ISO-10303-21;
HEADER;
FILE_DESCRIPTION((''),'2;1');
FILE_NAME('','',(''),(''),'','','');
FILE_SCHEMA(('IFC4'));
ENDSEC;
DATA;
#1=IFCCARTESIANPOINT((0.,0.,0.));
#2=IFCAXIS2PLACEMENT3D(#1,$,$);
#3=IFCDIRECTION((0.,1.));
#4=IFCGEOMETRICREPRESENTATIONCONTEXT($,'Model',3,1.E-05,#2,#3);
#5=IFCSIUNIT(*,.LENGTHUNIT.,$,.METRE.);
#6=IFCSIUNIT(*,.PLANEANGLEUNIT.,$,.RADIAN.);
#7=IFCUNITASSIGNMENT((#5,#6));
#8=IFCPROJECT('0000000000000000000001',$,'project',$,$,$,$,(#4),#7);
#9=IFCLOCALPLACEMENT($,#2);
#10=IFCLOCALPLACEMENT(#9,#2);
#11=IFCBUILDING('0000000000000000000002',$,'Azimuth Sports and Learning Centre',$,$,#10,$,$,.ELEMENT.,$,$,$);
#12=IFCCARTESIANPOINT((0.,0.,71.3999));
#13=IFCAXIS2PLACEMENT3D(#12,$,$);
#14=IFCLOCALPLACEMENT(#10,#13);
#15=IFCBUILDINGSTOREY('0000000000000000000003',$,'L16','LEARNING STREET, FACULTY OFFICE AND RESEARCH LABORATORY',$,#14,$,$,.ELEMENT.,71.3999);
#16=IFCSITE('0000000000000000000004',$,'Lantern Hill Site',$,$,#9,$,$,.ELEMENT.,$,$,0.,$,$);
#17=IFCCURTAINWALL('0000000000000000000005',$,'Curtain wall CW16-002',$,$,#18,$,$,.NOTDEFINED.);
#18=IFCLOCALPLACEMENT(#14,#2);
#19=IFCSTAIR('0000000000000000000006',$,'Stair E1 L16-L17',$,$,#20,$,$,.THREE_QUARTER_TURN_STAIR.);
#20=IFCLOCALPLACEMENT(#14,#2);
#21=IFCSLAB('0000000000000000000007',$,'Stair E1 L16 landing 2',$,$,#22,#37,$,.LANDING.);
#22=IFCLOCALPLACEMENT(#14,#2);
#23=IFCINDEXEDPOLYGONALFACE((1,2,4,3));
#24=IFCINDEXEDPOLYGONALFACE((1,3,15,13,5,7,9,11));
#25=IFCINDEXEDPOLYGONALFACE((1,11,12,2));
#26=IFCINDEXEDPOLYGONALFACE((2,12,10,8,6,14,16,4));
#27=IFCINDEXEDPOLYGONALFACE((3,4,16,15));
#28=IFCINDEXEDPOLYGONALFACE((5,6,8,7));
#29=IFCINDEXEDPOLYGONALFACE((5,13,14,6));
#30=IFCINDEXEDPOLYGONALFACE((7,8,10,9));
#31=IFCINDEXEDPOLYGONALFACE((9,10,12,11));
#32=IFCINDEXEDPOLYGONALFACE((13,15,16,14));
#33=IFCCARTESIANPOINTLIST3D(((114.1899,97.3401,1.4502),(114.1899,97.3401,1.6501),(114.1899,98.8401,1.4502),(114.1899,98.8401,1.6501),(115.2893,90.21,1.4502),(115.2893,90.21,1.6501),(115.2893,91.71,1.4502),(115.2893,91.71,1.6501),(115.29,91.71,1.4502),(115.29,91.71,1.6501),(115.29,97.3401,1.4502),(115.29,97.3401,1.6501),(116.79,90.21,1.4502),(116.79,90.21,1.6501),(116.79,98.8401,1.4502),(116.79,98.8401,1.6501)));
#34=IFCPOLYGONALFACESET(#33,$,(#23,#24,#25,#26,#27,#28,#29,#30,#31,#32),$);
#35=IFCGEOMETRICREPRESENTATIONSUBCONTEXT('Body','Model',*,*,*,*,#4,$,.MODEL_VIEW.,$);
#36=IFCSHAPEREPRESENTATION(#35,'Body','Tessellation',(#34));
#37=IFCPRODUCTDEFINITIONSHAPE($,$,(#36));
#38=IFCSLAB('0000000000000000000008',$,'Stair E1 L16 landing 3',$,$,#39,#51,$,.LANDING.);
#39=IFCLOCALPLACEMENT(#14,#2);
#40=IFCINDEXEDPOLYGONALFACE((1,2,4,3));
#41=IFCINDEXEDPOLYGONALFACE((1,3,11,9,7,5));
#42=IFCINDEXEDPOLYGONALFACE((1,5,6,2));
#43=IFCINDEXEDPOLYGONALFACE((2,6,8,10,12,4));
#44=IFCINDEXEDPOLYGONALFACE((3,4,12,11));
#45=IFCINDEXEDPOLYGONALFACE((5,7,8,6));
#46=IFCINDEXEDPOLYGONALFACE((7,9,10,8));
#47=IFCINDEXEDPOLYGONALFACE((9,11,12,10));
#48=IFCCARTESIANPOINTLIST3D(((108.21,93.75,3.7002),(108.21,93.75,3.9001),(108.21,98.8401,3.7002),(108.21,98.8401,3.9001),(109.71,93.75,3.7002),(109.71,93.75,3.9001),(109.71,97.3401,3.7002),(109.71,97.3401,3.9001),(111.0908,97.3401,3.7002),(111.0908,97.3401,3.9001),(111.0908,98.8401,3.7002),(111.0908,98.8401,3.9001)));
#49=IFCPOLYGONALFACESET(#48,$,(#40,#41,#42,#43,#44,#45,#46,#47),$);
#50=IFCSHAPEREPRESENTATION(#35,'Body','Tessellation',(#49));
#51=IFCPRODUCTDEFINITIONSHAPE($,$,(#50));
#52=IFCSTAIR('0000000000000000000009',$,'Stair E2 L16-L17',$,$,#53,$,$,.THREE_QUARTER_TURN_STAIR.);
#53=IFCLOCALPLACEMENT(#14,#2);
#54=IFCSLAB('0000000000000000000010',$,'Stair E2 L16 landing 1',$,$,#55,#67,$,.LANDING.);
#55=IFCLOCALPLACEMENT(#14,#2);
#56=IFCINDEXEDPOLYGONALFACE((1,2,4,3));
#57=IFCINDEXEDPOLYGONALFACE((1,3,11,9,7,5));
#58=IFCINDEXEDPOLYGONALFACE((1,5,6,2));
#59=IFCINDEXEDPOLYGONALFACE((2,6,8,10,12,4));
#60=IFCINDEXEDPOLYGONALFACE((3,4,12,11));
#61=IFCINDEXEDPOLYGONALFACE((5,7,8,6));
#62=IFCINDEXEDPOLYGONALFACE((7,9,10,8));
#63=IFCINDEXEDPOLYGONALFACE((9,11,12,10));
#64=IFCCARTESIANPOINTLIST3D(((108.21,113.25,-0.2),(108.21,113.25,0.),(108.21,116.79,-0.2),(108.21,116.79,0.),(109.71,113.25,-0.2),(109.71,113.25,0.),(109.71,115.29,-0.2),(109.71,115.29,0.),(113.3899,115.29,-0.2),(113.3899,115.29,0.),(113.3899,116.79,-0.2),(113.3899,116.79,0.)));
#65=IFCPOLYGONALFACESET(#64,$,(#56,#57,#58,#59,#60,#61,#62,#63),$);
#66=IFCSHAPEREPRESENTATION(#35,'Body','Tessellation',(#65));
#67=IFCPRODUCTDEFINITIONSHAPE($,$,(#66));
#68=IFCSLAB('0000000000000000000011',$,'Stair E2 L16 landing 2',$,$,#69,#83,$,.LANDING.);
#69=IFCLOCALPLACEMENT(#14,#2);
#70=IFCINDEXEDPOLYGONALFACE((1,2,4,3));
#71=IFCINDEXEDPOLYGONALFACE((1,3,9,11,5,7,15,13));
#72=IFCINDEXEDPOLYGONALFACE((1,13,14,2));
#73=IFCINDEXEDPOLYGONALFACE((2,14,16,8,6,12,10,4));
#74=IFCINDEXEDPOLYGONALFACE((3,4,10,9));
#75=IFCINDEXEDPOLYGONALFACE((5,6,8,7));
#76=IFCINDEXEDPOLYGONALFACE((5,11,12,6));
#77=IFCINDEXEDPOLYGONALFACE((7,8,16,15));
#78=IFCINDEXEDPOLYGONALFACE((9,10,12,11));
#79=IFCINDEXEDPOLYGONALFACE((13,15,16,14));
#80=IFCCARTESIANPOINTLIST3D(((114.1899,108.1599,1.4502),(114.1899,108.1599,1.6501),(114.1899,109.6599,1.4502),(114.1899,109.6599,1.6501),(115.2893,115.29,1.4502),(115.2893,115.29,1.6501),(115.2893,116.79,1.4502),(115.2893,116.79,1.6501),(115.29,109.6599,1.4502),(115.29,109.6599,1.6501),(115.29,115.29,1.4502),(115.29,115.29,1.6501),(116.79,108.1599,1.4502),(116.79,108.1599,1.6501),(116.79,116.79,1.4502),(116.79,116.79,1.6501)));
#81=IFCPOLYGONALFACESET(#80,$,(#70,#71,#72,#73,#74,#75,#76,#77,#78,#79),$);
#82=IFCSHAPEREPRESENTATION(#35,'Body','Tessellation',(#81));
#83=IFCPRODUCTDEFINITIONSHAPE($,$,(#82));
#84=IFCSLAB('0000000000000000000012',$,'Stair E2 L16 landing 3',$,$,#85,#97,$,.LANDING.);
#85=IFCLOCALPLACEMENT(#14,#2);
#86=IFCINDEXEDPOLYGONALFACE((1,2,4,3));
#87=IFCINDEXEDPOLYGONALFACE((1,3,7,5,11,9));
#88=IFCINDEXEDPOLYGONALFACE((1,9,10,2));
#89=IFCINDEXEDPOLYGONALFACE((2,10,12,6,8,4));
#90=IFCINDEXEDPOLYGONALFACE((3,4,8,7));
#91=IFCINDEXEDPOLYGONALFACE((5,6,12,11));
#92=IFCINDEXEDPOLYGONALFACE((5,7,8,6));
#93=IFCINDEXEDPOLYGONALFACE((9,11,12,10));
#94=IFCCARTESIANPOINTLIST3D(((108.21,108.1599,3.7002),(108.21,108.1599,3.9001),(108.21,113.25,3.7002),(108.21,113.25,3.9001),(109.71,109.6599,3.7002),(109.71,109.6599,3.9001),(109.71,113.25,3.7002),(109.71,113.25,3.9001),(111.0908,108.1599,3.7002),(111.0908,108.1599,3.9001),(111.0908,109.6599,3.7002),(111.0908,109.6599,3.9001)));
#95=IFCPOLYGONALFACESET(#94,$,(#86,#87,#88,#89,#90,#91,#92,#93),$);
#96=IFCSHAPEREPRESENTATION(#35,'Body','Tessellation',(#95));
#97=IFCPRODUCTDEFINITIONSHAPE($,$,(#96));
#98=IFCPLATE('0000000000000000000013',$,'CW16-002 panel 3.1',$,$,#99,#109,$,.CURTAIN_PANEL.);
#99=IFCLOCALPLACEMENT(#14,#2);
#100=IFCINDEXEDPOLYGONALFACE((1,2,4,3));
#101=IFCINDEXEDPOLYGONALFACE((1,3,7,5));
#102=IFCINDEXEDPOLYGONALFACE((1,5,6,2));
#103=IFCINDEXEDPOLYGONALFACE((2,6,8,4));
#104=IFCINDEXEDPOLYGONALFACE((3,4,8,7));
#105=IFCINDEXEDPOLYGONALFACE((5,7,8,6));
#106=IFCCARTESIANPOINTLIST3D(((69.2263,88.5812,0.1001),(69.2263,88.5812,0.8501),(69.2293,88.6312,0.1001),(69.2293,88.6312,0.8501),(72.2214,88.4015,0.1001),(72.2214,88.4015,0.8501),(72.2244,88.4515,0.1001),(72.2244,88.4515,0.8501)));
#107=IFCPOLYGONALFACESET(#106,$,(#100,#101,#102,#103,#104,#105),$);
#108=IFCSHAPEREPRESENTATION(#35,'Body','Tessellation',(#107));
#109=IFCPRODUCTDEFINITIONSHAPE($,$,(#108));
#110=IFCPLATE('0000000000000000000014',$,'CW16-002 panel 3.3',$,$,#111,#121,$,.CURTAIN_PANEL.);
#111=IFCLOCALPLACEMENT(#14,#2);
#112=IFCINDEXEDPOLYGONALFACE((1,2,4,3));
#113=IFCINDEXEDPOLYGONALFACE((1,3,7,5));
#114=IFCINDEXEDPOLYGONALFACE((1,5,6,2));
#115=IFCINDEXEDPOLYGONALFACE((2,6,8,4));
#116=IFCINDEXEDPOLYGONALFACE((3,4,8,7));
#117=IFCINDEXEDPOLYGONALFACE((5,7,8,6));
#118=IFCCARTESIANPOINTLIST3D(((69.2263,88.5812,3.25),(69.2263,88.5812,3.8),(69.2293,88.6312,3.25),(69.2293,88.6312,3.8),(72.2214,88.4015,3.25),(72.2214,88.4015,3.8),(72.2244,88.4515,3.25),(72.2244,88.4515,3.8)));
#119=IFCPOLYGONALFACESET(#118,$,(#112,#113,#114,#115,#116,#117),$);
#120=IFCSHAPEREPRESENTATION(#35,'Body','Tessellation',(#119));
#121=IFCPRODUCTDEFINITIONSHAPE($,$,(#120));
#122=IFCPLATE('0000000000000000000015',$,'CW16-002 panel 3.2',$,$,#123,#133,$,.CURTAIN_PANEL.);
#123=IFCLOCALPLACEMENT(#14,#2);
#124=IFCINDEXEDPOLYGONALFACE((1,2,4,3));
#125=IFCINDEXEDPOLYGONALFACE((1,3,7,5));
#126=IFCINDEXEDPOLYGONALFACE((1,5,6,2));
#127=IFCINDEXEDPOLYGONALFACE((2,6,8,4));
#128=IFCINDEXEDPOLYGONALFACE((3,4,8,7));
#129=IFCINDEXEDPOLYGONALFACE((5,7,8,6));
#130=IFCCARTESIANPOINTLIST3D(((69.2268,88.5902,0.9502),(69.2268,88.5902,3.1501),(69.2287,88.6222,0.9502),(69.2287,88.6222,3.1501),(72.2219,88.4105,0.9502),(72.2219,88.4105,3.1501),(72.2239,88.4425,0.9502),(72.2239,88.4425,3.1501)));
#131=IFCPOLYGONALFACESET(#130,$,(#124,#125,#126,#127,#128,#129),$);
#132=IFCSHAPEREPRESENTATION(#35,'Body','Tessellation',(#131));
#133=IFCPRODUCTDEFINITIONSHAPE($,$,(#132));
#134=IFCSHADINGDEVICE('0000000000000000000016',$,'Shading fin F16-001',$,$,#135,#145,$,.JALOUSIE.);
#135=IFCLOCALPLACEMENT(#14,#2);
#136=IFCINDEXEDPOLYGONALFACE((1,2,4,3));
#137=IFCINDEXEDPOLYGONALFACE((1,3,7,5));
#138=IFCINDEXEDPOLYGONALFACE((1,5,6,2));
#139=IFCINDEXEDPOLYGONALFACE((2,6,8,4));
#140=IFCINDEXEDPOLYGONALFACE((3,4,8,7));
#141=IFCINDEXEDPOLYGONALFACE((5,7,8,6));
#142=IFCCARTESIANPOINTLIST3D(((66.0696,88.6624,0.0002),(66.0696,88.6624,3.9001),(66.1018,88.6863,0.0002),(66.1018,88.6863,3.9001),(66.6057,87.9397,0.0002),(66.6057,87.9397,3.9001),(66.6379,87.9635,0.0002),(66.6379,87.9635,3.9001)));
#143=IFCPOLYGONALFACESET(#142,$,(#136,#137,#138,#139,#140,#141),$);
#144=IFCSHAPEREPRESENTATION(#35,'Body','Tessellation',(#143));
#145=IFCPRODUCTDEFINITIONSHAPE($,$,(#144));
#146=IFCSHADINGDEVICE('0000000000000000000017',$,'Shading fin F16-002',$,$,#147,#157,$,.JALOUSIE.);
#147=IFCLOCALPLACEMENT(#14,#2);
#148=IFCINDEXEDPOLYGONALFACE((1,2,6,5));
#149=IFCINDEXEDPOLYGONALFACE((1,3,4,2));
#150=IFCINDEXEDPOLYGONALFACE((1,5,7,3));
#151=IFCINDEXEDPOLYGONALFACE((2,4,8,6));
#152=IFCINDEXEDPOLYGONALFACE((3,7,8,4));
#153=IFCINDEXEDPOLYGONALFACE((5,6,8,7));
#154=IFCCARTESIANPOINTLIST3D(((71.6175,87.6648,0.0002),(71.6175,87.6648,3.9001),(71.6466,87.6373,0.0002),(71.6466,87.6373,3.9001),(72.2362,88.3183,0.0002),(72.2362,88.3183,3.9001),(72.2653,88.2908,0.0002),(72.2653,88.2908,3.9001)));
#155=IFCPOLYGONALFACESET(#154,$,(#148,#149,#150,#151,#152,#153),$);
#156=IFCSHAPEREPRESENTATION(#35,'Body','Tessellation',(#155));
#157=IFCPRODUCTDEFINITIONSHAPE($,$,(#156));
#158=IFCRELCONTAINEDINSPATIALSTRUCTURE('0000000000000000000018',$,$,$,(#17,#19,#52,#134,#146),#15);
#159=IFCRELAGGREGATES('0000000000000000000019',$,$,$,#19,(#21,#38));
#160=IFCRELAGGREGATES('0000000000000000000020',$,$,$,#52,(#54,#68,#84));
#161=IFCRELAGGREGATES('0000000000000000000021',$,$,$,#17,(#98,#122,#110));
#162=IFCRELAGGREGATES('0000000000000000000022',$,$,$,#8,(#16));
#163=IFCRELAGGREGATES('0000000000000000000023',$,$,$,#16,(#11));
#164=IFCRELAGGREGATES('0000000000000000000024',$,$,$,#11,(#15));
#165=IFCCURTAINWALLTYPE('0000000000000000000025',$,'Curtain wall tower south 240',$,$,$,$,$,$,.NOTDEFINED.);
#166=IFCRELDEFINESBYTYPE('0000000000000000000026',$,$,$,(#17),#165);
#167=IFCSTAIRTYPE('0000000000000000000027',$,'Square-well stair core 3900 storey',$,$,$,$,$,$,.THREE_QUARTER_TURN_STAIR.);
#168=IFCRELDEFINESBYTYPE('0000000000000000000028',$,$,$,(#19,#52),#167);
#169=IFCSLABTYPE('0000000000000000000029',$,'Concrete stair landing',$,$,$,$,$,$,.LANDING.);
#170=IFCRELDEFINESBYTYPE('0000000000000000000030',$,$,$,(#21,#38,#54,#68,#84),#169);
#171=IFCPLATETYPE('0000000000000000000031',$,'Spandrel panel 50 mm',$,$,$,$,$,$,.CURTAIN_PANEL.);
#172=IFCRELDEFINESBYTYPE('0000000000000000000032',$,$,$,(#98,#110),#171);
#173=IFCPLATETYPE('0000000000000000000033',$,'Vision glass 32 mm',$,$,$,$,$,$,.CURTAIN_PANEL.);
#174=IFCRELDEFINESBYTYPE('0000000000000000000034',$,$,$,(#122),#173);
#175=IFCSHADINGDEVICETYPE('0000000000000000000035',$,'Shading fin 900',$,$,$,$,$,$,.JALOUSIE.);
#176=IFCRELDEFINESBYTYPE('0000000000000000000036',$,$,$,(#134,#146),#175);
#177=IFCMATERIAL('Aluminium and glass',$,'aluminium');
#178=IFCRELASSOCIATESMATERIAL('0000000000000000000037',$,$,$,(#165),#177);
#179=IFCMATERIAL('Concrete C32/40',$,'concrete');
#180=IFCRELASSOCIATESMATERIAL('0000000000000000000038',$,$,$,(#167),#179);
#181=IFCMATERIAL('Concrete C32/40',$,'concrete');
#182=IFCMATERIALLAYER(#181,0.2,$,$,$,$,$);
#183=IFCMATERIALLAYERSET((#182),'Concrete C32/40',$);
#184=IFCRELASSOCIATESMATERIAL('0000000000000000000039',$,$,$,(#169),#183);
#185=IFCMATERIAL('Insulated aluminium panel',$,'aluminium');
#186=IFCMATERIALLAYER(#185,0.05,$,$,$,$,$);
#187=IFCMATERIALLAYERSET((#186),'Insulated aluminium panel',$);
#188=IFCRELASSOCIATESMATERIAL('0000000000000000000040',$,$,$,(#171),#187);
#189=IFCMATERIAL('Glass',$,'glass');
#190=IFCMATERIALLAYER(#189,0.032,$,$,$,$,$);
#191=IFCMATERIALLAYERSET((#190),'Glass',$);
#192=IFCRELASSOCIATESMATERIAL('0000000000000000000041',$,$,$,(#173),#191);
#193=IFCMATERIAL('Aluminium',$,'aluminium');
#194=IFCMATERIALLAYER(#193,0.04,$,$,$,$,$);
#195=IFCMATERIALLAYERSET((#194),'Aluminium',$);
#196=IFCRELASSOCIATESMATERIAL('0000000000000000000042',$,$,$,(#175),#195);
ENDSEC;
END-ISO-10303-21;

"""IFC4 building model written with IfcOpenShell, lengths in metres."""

from ifc_helpers import new_model, si_unit, direction, frame, origin, origin_2d, place, context, subcontext, project, spatial, polyline, rectangle, outline, extrude, material, layer, layer_set, type_object, element, aggregate, save


model = new_model("IFC4")

# Units and contexts
model_context = context("Model", 3, precision=1e-05, world=origin(), true_north=direction((0.0, 1.0)))
body_context = subcontext(model_context, "Body", "Model", "MODEL_VIEW")
ifc_project = project(units=[si_unit("LENGTHUNIT", "METRE"), si_unit("PLANEANGLEUNIT", "RADIAN")], contexts=[model_context])

# Site, building, storey
site_placement = place(None, origin())
site = spatial("IfcSite", under=ifc_project, at=site_placement, Name="Lantern Hill Site", CompositionType="ELEMENT", RefElevation=0.0)
building_placement = place(site_placement, origin())
building = spatial("IfcBuilding", under=site, at=building_placement, Name="Azimuth Sports and Learning Centre", CompositionType="ELEMENT")
storey_placement = place(building_placement, frame((0.0, 0.0, 71.3999)))
storey = spatial("IfcBuildingStorey", under=building, at=storey_placement, Name="L16", Description="LEARNING STREET, FACULTY OFFICE AND RESEARCH LABORATORY", CompositionType="ELEMENT", Elevation=71.3999)

# Curtain wall
ifc_material_1 = material(Name="Aluminium and glass", Category="aluminium")
curtain_wall_type_1 = type_object("IfcCurtainWallType", Name="Curtain wall tower south 240", PredefinedType="NOTDEFINED", material=ifc_material_1)
curtain_wall_1_placement = place(storey_placement, origin())
curtain_wall_1 = element("IfcCurtainWall", 1, at=curtain_wall_1_placement, inside=storey, type_object=curtain_wall_type_1, Name="Curtain wall CW16-002", PredefinedType="NOTDEFINED")

# Stairs, slabs
ifc_material_2 = material(Name="Concrete C32/40", Category="concrete")
stair_type = type_object("IfcStairType", Name="Square-well stair core 3900 storey", PredefinedType="THREE_QUARTER_TURN_STAIR", material=ifc_material_2)
ifc_material_3 = material(Name="Concrete C32/40", Category="concrete")
ifc_layer_1 = layer(ifc_material_3, 0.2)
ifc_layer_set_1 = layer_set([ifc_layer_1], Name="Concrete C32/40")
slab_type_1 = type_object("IfcSlabType", Name="Concrete stair landing", PredefinedType="LANDING", material=ifc_layer_set_1)
stair_1_placement = place(storey_placement, origin())
stair_1 = element("IfcStair", 2, at=stair_1_placement, inside=storey, type_object=stair_type, Name="Stair E1 L16-L17", PredefinedType="THREE_QUARTER_TURN_STAIR")
slab_1_placement = place(storey_placement, frame((0.0, 0.0, 1.4502)))
slab_1 = element("IfcSlab", 3, at=slab_1_placement, type_object=slab_type_1, Name="Stair E1 L16 landing 2", PredefinedType="LANDING", context=body_context, shape_type="SweptSolid", body=[
    extrude(outline(polyline([(115.29, 91.71), (115.2893, 91.71), (115.2893, 90.21), (116.79, 90.21), (116.79, 98.8401), (114.1899, 98.8401), (114.1899, 97.3401), (115.29, 97.3401), (115.29, 91.71)])), origin(), (0.0, 0.0, 1.0), 0.2),
])
slab_2_placement = place(storey_placement, frame((0.0, 0.0, 3.7002)))
slab_2 = element("IfcSlab", 4, at=slab_2_placement, type_object=slab_type_1, Name="Stair E1 L16 landing 3", PredefinedType="LANDING", context=body_context, shape_type="SweptSolid", body=[
    extrude(outline(polyline([(109.71, 97.3401), (111.0908, 97.3401), (111.0908, 98.8401), (108.21, 98.8401), (108.21, 93.75), (109.71, 93.75), (109.71, 97.3401)])), origin(), (0.0, 0.0, 1.0), 0.2),
])
aggregate(stair_1, [slab_1, slab_2])
stair_2_placement = place(storey_placement, origin())
stair_2 = element("IfcStair", 5, at=stair_2_placement, inside=storey, type_object=stair_type, Name="Stair E2 L16-L17", PredefinedType="THREE_QUARTER_TURN_STAIR")
slab_3_placement = place(storey_placement, frame((0.0, 0.0, -0.2)))
slab_3 = element("IfcSlab", 6, at=slab_3_placement, type_object=slab_type_1, Name="Stair E2 L16 landing 1", PredefinedType="LANDING", context=body_context, shape_type="SweptSolid", body=[
    extrude(outline(polyline([(108.21, 116.79), (108.21, 113.25), (109.71, 113.25), (109.71, 115.29), (113.3899, 115.29), (113.3899, 116.79), (108.21, 116.79)])), origin(), (0.0, 0.0, 1.0), 0.2),
])
slab_4_placement = place(storey_placement, frame((0.0, 0.0, 1.4502)))
slab_4 = element("IfcSlab", 7, at=slab_4_placement, type_object=slab_type_1, Name="Stair E2 L16 landing 2", PredefinedType="LANDING", context=body_context, shape_type="SweptSolid", body=[
    extrude(outline(polyline([(115.29, 115.29), (115.29, 109.6599), (114.1899, 109.6599), (114.1899, 108.1599), (116.79, 108.1599), (116.79, 116.79), (115.2893, 116.79), (115.2893, 115.29), (115.29, 115.29)])), origin(), (0.0, 0.0, 1.0), 0.2),
])
slab_5_placement = place(storey_placement, frame((0.0, 0.0, 3.7002)))
slab_5 = element("IfcSlab", 8, at=slab_5_placement, type_object=slab_type_1, Name="Stair E2 L16 landing 3", PredefinedType="LANDING", context=body_context, shape_type="SweptSolid", body=[
    extrude(outline(polyline([(109.71, 109.6599), (109.71, 113.25), (108.21, 113.25), (108.21, 108.1599), (111.0908, 108.1599), (111.0908, 109.6599), (109.71, 109.6599)])), origin(), (0.0, 0.0, 1.0), 0.2),
])
aggregate(stair_2, [slab_3, slab_4, slab_5])

# Plates
ifc_material_4 = material(Name="Insulated aluminium panel", Category="aluminium")
ifc_layer_2 = layer(ifc_material_4, 0.05)
ifc_layer_set_2 = layer_set([ifc_layer_2], Name="Insulated aluminium panel")
plate_type_1 = type_object("IfcPlateType", Name="Spandrel panel 50 mm", PredefinedType="CURTAIN_PANEL", material=ifc_layer_set_2)
plate_1_placement = place(storey_placement, frame((70.7253, 88.5164, 0.1001), z_axis=(0.0, 0.0, 1.0), x_axis=(0.998205, -0.059892, 0.0)))
plate_1 = element("IfcPlate", 9, at=plate_1_placement, type_object=plate_type_1, Name="CW16-002 panel 3.1", PredefinedType="CURTAIN_PANEL", context=body_context, shape_type="SweptSolid", body=[
    extrude(rectangle(XDim=3.0005, YDim=0.05, at=origin_2d()), origin(), (0.0, 0.0, 1.0), 0.75),
])
plate_2_placement = place(storey_placement, frame((70.7253, 88.5164, 3.25), z_axis=(0.0, 0.0, 1.0), x_axis=(0.998205, -0.059892, 0.0)))
plate_2 = element("IfcPlate", 10, at=plate_2_placement, type_object=plate_type_1, Name="CW16-002 panel 3.3", PredefinedType="CURTAIN_PANEL", context=body_context, shape_type="SweptSolid", body=[
    extrude(rectangle(XDim=3.0005, YDim=0.05, at=origin_2d()), origin(), (0.0, 0.0, 1.0), 0.55),
])
ifc_material_5 = material(Name="Glass", Category="glass")
ifc_layer_3 = layer(ifc_material_5, 0.032)
ifc_layer_set_3 = layer_set([ifc_layer_3], Name="Glass")
plate_type_2 = type_object("IfcPlateType", Name="Vision glass 32 mm", PredefinedType="CURTAIN_PANEL", material=ifc_layer_set_3)
plate_3_placement = place(storey_placement, frame((70.7253, 88.5164, 0.9502), z_axis=(0.0, 0.0, 1.0), x_axis=(0.998205, -0.059892, 0.0)))
plate_3 = element("IfcPlate", 11, at=plate_3_placement, type_object=plate_type_2, Name="CW16-002 panel 3.2", PredefinedType="CURTAIN_PANEL", context=body_context, shape_type="SweptSolid", body=[
    extrude(rectangle(XDim=3.0005, YDim=0.032, at=origin_2d()), origin(), (0.0, 0.0, 1.0), 2.2),
])
aggregate(curtain_wall_1, [plate_1, plate_3, plate_2])

# Shading devices
ifc_material_6 = material(Name="Aluminium", Category="aluminium")
ifc_layer_4 = layer(ifc_material_6, 0.04)
ifc_layer_set_4 = layer_set([ifc_layer_4], Name="Aluminium")
shading_device_type = type_object("IfcShadingDeviceType", Name="Shading fin 900", PredefinedType="JALOUSIE", material=ifc_layer_set_4)
for number, where, z_axis, x_axis, name in (
    (12, (66.3538, 88.313, 0.0002), (0.0, 0.0, 1.0), (0.595754, -0.803167, 0.0), "Shading fin F16-001"),
    (13, (71.9414, 87.9778, 0.0002), (0.0, 0.0, 1.0), (-0.687514, -0.726171, 0.0), "Shading fin F16-002"),
):
    element("IfcShadingDevice", number, at=place(storey_placement, frame(where, z_axis=z_axis, x_axis=x_axis)), inside=storey, type_object=shading_device_type, Name=name, PredefinedType="JALOUSIE", context=body_context, shape_type="SweptSolid", body=[
        extrude(rectangle(XDim=0.8999, YDim=0.04, at=origin_2d()), origin(), (0.0, 0.0, 1.0), 3.8999),
    ])

save(model, "model.ifc")
